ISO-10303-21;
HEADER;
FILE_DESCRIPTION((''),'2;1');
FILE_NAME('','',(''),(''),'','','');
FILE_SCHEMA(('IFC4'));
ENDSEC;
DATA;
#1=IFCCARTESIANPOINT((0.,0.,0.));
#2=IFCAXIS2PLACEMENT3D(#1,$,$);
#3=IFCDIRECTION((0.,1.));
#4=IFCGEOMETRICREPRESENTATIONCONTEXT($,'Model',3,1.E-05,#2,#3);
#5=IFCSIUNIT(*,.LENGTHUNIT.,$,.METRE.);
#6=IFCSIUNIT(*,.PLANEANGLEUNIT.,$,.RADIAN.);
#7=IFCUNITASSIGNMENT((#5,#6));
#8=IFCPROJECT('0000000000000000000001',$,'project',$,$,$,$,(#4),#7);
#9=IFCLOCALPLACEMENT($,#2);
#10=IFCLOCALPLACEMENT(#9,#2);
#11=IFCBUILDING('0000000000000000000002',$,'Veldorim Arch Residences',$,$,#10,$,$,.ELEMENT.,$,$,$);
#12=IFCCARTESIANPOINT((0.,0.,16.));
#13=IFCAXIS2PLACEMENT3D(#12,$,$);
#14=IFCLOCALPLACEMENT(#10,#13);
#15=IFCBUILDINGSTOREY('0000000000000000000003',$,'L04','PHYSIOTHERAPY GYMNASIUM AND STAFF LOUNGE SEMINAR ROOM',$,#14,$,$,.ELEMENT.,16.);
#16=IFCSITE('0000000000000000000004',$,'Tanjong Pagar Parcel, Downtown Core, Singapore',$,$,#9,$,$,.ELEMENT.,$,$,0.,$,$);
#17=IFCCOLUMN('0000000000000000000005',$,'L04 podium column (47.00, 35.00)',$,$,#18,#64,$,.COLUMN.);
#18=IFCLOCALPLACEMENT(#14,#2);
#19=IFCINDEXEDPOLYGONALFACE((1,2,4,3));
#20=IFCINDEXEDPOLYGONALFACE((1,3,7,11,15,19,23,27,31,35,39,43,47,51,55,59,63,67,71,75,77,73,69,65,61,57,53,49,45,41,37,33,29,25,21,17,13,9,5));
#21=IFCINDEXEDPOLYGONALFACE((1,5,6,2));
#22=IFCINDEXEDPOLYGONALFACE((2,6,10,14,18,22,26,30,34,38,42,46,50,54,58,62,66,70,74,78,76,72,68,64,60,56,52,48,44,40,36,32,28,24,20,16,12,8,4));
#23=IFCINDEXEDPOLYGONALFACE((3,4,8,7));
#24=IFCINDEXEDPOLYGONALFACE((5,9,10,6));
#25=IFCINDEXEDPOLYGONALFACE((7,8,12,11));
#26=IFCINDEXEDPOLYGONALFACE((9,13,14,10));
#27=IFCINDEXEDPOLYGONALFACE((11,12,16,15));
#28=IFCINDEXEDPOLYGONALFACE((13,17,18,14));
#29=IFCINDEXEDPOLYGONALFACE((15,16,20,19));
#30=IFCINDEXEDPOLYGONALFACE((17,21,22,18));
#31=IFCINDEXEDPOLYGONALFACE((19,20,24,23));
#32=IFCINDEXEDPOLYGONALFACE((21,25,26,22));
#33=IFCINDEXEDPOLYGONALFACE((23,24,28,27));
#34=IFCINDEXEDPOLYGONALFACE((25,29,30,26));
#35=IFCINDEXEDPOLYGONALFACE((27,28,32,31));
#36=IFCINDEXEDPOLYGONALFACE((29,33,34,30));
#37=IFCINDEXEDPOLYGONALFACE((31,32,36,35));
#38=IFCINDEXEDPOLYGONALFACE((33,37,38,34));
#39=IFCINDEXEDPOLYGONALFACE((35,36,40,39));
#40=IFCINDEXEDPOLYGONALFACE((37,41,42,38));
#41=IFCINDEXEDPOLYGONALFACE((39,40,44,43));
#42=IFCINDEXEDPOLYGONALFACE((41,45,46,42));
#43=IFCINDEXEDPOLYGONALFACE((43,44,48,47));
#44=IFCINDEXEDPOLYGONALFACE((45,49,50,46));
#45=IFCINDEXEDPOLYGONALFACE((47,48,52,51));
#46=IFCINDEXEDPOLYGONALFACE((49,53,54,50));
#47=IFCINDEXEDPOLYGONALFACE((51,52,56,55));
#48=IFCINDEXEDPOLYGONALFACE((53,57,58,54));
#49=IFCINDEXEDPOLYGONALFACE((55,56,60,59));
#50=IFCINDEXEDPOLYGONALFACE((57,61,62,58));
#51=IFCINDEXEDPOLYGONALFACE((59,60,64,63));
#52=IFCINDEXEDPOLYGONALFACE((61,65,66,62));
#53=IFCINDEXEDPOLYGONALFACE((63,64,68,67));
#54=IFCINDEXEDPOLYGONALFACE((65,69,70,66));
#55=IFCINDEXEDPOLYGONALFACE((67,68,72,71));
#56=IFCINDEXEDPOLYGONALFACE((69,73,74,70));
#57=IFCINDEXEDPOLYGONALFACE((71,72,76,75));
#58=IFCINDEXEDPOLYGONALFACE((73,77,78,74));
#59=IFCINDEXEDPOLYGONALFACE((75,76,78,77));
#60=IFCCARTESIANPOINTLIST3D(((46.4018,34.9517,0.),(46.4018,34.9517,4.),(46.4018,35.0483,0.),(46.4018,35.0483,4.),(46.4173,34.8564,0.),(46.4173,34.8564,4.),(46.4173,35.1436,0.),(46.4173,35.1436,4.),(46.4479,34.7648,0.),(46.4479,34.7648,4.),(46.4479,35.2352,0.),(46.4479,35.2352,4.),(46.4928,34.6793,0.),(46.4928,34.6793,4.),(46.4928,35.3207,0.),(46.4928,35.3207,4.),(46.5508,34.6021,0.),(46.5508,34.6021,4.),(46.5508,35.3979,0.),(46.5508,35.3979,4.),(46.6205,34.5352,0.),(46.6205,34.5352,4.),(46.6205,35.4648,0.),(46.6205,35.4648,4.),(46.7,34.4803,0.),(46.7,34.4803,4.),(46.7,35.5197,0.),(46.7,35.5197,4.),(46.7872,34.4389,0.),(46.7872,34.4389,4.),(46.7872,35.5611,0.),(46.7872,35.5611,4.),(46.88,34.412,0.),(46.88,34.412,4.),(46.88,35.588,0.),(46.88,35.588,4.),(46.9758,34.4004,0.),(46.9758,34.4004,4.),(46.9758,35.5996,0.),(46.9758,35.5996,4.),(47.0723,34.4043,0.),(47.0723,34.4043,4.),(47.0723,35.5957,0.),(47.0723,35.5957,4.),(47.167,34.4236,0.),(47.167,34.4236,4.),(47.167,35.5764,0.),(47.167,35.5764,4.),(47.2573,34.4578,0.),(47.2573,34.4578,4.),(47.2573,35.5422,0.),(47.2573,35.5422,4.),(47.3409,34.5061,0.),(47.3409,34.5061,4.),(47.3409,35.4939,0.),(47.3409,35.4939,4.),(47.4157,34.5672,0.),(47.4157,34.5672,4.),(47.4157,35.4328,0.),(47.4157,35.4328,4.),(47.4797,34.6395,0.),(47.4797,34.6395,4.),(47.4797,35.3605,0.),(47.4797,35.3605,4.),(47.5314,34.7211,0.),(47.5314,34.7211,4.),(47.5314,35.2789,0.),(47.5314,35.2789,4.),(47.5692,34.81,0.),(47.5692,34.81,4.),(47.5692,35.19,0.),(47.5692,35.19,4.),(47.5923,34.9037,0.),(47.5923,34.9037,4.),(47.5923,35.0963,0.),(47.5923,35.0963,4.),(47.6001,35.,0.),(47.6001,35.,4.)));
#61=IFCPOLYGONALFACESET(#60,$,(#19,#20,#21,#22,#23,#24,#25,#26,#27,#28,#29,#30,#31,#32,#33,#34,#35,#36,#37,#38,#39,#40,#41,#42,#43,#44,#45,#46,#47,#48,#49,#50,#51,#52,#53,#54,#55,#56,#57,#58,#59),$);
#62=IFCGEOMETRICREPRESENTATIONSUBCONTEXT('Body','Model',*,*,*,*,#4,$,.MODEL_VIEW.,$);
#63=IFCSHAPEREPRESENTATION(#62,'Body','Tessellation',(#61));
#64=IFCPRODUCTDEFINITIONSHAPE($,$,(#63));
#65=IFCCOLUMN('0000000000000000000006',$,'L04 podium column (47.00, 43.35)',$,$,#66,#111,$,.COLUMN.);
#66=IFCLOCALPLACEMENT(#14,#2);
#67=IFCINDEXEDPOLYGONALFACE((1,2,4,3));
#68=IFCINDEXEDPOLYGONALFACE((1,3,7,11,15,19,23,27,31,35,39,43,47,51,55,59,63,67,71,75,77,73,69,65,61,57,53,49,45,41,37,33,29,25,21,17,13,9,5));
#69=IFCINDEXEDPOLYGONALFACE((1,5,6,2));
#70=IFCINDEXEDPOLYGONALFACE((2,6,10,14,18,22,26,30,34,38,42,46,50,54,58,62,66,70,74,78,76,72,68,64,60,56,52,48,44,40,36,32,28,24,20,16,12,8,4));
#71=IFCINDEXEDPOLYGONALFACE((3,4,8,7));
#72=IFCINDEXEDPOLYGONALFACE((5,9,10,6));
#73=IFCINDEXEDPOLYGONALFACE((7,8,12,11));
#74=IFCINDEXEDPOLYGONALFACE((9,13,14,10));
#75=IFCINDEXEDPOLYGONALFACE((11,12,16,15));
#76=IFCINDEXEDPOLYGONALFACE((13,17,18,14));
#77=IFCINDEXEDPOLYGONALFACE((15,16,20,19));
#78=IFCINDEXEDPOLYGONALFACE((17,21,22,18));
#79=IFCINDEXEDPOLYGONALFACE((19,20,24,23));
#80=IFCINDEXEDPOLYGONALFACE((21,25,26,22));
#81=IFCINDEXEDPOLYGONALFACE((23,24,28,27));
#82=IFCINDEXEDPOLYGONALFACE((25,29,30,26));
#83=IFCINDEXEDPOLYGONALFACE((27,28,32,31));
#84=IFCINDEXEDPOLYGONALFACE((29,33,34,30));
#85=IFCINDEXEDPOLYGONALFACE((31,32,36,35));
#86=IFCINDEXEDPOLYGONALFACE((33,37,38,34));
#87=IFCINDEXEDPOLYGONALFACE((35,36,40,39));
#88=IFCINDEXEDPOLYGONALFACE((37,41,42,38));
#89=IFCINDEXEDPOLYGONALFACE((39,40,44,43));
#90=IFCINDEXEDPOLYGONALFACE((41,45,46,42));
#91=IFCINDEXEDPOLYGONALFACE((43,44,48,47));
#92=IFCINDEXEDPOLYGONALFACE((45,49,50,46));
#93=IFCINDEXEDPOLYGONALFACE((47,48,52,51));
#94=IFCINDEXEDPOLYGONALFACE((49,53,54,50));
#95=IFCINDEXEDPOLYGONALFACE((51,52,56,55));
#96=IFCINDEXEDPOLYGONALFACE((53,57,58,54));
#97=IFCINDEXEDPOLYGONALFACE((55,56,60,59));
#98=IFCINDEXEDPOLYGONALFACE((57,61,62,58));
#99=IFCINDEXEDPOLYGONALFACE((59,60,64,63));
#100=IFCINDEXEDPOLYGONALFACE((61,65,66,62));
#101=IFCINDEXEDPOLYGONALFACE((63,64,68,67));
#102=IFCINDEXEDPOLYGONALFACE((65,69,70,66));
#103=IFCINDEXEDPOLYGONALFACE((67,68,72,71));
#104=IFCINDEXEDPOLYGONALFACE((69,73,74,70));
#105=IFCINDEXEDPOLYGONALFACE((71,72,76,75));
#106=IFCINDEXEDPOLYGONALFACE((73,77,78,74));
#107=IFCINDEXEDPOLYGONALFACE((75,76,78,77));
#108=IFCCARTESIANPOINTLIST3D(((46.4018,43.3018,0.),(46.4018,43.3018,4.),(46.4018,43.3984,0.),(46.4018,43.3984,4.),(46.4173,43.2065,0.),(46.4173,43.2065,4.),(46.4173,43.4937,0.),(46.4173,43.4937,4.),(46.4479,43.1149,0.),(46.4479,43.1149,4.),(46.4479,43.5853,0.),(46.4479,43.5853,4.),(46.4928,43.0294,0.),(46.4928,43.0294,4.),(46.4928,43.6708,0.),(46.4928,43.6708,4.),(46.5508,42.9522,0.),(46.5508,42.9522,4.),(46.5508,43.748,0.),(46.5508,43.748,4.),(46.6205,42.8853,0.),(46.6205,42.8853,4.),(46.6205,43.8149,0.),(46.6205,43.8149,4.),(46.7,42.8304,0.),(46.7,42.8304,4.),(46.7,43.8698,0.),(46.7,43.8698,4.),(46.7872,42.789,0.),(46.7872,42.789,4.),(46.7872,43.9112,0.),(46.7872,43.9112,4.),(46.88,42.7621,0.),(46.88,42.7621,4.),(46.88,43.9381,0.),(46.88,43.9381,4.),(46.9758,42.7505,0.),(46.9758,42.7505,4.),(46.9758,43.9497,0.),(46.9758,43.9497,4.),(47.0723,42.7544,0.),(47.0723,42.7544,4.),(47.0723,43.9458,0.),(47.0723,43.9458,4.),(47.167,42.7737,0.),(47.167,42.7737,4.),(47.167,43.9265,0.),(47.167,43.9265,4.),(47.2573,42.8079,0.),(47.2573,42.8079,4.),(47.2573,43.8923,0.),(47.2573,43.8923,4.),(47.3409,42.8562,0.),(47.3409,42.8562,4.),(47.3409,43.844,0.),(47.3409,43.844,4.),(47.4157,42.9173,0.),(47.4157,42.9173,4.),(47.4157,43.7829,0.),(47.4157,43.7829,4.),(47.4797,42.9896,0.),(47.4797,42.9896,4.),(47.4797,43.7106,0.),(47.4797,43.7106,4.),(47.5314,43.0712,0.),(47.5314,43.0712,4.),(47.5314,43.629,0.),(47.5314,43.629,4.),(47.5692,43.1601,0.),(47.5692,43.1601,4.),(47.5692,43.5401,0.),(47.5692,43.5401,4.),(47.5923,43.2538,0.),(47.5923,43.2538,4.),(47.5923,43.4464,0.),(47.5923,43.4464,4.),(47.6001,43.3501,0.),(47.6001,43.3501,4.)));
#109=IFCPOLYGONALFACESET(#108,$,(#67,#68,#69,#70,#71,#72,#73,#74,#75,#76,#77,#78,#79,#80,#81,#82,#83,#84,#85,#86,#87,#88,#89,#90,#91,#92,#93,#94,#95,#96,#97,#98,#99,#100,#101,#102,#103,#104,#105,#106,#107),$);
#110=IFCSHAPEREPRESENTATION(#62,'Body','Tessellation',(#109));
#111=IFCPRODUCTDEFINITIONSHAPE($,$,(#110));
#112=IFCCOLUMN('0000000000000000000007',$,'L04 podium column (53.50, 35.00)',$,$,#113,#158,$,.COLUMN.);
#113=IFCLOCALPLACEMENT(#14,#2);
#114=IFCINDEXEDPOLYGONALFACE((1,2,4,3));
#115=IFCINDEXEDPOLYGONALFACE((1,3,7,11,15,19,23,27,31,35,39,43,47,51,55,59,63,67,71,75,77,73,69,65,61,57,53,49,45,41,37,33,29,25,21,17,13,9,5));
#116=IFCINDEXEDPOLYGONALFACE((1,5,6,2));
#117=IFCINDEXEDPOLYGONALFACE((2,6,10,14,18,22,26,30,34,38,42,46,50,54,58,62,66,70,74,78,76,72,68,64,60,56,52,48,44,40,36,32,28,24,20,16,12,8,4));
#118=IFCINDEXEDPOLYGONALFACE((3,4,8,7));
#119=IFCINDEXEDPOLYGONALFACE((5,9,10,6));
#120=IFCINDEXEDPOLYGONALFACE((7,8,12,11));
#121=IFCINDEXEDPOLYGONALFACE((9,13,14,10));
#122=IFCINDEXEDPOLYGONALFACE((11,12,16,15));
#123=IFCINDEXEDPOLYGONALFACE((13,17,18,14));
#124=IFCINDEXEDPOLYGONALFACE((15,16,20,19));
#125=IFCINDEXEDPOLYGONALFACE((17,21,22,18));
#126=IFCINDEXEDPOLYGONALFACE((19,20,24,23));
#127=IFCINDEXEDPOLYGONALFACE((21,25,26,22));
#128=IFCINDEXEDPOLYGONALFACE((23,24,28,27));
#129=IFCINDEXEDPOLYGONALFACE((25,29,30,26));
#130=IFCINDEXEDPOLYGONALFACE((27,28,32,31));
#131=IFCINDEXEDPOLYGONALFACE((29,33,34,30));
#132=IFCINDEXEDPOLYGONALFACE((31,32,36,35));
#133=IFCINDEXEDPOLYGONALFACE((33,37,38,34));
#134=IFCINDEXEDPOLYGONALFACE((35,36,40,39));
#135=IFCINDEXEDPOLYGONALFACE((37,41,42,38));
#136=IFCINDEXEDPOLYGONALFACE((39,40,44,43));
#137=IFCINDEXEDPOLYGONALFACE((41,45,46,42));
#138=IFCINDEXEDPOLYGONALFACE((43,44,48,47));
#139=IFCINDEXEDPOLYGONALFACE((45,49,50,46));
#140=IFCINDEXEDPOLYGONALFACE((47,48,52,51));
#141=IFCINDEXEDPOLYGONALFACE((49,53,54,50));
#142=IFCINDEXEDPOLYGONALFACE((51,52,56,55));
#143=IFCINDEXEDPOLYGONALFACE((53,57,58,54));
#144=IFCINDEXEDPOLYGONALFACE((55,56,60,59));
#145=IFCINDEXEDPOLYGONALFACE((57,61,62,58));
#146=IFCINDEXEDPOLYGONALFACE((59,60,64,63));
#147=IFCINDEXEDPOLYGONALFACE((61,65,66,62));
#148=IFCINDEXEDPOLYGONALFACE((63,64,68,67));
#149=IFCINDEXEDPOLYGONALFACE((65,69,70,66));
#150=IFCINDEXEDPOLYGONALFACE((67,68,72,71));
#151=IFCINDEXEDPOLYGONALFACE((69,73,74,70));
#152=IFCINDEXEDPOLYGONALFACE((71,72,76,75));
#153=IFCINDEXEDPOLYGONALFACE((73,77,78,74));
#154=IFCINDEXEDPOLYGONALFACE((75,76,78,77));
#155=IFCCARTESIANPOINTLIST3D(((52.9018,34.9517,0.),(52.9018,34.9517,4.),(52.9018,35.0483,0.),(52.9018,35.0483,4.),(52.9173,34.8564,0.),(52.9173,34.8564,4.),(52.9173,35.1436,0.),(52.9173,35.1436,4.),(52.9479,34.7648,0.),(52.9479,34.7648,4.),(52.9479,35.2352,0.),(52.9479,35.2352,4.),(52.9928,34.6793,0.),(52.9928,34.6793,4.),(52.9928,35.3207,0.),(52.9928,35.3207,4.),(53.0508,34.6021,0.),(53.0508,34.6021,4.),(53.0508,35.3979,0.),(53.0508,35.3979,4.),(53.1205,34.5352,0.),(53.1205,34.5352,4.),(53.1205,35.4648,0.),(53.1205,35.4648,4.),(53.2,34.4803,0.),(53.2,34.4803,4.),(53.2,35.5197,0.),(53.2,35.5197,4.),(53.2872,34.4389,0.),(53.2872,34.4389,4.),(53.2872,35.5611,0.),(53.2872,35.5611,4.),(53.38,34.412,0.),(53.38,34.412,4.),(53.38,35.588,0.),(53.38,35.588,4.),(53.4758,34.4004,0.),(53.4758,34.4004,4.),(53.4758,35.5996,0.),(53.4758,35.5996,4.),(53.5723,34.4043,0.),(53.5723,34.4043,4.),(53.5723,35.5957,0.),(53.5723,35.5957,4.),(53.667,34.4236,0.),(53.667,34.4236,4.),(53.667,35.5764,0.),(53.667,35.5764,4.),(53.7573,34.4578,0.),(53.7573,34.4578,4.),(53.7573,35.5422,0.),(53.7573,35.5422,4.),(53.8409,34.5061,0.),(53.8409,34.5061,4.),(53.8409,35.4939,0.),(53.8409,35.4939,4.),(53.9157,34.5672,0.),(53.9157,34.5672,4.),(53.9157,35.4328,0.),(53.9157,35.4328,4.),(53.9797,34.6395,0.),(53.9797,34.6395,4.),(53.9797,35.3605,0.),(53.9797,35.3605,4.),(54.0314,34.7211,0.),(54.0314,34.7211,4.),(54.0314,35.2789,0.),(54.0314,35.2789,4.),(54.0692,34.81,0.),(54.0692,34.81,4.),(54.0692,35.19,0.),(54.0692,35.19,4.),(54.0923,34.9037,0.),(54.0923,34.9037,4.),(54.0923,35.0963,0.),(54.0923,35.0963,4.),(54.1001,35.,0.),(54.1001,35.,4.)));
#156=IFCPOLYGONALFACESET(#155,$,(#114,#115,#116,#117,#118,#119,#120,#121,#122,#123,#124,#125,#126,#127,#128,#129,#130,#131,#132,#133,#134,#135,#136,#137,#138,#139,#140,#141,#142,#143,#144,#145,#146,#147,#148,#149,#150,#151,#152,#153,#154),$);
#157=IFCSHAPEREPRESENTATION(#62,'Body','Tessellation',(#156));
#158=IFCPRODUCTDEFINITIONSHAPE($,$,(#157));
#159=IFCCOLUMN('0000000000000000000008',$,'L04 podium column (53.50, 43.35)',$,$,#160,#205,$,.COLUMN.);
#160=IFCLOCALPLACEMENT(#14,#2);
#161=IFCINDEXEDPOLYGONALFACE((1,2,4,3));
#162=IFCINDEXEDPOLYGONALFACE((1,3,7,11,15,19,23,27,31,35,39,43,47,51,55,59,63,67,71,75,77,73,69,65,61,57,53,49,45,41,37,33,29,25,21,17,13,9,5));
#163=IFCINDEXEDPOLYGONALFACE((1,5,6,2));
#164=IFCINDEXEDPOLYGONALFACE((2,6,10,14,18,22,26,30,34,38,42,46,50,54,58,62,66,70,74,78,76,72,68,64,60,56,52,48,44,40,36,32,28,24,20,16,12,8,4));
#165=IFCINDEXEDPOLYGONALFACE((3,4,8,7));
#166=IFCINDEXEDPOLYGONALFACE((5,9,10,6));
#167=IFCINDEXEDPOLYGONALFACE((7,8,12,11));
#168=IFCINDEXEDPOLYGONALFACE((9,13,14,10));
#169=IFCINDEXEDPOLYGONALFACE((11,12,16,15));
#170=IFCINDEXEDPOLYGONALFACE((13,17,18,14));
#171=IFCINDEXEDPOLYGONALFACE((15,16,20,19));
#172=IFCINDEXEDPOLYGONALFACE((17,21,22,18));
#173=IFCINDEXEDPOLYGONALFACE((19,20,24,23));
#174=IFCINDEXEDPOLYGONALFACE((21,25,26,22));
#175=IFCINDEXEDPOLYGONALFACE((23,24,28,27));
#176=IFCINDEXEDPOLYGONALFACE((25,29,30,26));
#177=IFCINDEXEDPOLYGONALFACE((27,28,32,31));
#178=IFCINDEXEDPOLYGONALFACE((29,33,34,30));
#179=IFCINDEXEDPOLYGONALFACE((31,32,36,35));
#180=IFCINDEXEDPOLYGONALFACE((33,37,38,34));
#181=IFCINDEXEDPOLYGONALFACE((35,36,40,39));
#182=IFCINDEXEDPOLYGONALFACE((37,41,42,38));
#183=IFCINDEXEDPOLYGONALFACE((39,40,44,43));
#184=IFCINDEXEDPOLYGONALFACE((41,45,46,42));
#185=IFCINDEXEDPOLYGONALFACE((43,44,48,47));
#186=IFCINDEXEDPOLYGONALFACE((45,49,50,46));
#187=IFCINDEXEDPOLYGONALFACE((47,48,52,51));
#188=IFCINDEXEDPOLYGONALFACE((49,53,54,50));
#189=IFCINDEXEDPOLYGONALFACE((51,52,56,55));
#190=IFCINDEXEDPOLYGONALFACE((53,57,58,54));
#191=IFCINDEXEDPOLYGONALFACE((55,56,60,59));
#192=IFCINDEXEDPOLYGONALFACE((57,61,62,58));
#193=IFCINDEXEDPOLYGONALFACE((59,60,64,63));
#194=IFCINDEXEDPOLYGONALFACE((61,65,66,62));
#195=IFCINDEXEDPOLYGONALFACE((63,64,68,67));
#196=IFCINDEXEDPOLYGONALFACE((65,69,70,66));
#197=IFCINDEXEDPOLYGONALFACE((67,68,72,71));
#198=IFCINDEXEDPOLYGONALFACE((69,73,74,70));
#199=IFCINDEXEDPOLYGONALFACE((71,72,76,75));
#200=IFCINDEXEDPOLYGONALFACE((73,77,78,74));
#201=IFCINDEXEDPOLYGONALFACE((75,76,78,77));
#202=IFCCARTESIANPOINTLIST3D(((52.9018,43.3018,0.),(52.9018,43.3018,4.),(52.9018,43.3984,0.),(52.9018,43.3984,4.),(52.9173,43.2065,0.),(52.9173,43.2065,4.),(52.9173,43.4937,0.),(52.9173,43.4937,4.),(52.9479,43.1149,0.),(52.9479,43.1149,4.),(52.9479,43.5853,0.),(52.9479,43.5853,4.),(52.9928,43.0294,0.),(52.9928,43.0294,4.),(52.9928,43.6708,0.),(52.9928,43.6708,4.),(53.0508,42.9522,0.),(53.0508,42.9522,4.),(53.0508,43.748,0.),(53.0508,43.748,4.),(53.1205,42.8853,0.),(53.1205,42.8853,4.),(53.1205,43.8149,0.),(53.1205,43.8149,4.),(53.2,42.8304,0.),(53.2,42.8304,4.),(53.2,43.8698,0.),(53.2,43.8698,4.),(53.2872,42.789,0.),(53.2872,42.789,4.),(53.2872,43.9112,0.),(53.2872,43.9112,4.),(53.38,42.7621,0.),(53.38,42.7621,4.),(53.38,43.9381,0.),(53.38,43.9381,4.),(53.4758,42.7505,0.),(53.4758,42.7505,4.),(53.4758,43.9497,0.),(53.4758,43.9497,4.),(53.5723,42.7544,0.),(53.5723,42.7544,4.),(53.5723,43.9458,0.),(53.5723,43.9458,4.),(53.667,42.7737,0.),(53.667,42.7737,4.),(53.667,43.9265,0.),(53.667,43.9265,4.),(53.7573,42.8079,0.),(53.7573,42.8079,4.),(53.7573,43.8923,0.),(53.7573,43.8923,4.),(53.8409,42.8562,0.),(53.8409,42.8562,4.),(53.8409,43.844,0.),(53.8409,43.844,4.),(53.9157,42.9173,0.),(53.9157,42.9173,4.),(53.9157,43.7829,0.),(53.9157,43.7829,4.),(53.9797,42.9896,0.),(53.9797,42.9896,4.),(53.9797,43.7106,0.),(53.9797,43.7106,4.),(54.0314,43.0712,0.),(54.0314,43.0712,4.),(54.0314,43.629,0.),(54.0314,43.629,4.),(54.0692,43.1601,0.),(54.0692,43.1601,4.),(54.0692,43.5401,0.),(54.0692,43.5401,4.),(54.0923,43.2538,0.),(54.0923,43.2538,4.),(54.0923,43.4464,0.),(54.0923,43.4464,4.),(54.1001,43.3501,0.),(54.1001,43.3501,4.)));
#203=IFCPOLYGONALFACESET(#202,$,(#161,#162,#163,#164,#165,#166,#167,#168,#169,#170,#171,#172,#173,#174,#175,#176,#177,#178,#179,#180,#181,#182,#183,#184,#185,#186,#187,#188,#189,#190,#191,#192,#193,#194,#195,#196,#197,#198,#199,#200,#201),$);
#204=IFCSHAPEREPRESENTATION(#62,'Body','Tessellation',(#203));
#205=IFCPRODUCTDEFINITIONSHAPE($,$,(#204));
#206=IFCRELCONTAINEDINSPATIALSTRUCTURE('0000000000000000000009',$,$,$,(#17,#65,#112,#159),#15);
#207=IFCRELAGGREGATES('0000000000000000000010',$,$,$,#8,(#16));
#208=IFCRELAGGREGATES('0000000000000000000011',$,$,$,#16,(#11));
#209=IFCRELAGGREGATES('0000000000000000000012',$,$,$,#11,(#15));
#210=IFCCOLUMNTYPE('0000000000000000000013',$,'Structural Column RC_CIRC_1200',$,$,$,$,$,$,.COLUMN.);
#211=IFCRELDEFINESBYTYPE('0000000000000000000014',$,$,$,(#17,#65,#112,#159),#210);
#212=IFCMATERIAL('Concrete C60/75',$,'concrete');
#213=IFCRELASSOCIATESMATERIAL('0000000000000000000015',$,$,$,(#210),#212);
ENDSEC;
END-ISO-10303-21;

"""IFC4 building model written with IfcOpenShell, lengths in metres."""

from ifc_helpers import new_model, si_unit, direction, frame, origin, origin_2d, place, context, subcontext, project, spatial, circle, extrude, material, material_profile, profile_set, type_object, element, save


model = new_model("IFC4")

# Units and contexts
model_context = context("Model", 3, precision=1e-05, world=origin(), true_north=direction((0.0, 1.0)))
body_context = subcontext(model_context, "Body", "Model", "MODEL_VIEW")
ifc_project = project(units=[si_unit("LENGTHUNIT", "METRE"), si_unit("PLANEANGLEUNIT", "RADIAN")], contexts=[model_context])

# Site, building, storey
site_placement = place(None, origin())
site = spatial("IfcSite", under=ifc_project, at=site_placement, Name="Tanjong Pagar Parcel, Downtown Core, Singapore", CompositionType="ELEMENT", RefElevation=0.0)
building_placement = place(site_placement, origin())
building = spatial("IfcBuilding", under=site, at=building_placement, Name="Veldorim Arch Residences", CompositionType="ELEMENT")
storey_placement = place(building_placement, frame((0.0, 0.0, 16.0)))
storey = spatial("IfcBuildingStorey", under=building, at=storey_placement, Name="L04", Description="PHYSIOTHERAPY GYMNASIUM AND STAFF LOUNGE SEMINAR ROOM", CompositionType="ELEMENT", Elevation=16.0)

# Columns
ifc_material_1 = material(Name="Concrete C60/75", Category="concrete")
ifc_material_profile_1 = material_profile(ifc_material_1, circle(Radius=0.6001, at=origin_2d()), Name="RC_CIRC_1200")
ifc_profile_set_1 = profile_set([ifc_material_profile_1], Name="Concrete C60/75")
column_type_1 = type_object("IfcColumnType", Name="Structural Column RC_CIRC_1200", PredefinedType="COLUMN", material=ifc_profile_set_1)
for number, where, z_axis, x_axis, name in (
    (1, (47.0, 35.0, 0.0), (0.0, 0.0, 1.0), (1.0, 0.0, 0.0), "L04 podium column (47.00, 35.00)"),
    (2, (47.0, 43.3501, 0.0), (0.0, 0.0, 1.0), (1.0, 0.0, 0.0), "L04 podium column (47.00, 43.35)"),
    (3, (53.5, 35.0, 0.0), (0.0, 0.0, 1.0), (1.0, 0.0, 0.0), "L04 podium column (53.50, 35.00)"),
    (4, (53.5, 43.3501, 0.0), (0.0, 0.0, 1.0), (1.0, 0.0, 0.0), "L04 podium column (53.50, 43.35)"),
):
    element("IfcColumn", number, at=place(storey_placement, frame(where, z_axis=z_axis, x_axis=x_axis)), inside=storey, type_object=column_type_1, Name=name, PredefinedType="COLUMN", context=body_context, shape_type="SweptSolid", body=[
        extrude(circle(Radius=0.6001, at=origin_2d()), origin(), (0.0, 0.0, 1.0), 4.0),
    ])

save(model, "model.ifc")
